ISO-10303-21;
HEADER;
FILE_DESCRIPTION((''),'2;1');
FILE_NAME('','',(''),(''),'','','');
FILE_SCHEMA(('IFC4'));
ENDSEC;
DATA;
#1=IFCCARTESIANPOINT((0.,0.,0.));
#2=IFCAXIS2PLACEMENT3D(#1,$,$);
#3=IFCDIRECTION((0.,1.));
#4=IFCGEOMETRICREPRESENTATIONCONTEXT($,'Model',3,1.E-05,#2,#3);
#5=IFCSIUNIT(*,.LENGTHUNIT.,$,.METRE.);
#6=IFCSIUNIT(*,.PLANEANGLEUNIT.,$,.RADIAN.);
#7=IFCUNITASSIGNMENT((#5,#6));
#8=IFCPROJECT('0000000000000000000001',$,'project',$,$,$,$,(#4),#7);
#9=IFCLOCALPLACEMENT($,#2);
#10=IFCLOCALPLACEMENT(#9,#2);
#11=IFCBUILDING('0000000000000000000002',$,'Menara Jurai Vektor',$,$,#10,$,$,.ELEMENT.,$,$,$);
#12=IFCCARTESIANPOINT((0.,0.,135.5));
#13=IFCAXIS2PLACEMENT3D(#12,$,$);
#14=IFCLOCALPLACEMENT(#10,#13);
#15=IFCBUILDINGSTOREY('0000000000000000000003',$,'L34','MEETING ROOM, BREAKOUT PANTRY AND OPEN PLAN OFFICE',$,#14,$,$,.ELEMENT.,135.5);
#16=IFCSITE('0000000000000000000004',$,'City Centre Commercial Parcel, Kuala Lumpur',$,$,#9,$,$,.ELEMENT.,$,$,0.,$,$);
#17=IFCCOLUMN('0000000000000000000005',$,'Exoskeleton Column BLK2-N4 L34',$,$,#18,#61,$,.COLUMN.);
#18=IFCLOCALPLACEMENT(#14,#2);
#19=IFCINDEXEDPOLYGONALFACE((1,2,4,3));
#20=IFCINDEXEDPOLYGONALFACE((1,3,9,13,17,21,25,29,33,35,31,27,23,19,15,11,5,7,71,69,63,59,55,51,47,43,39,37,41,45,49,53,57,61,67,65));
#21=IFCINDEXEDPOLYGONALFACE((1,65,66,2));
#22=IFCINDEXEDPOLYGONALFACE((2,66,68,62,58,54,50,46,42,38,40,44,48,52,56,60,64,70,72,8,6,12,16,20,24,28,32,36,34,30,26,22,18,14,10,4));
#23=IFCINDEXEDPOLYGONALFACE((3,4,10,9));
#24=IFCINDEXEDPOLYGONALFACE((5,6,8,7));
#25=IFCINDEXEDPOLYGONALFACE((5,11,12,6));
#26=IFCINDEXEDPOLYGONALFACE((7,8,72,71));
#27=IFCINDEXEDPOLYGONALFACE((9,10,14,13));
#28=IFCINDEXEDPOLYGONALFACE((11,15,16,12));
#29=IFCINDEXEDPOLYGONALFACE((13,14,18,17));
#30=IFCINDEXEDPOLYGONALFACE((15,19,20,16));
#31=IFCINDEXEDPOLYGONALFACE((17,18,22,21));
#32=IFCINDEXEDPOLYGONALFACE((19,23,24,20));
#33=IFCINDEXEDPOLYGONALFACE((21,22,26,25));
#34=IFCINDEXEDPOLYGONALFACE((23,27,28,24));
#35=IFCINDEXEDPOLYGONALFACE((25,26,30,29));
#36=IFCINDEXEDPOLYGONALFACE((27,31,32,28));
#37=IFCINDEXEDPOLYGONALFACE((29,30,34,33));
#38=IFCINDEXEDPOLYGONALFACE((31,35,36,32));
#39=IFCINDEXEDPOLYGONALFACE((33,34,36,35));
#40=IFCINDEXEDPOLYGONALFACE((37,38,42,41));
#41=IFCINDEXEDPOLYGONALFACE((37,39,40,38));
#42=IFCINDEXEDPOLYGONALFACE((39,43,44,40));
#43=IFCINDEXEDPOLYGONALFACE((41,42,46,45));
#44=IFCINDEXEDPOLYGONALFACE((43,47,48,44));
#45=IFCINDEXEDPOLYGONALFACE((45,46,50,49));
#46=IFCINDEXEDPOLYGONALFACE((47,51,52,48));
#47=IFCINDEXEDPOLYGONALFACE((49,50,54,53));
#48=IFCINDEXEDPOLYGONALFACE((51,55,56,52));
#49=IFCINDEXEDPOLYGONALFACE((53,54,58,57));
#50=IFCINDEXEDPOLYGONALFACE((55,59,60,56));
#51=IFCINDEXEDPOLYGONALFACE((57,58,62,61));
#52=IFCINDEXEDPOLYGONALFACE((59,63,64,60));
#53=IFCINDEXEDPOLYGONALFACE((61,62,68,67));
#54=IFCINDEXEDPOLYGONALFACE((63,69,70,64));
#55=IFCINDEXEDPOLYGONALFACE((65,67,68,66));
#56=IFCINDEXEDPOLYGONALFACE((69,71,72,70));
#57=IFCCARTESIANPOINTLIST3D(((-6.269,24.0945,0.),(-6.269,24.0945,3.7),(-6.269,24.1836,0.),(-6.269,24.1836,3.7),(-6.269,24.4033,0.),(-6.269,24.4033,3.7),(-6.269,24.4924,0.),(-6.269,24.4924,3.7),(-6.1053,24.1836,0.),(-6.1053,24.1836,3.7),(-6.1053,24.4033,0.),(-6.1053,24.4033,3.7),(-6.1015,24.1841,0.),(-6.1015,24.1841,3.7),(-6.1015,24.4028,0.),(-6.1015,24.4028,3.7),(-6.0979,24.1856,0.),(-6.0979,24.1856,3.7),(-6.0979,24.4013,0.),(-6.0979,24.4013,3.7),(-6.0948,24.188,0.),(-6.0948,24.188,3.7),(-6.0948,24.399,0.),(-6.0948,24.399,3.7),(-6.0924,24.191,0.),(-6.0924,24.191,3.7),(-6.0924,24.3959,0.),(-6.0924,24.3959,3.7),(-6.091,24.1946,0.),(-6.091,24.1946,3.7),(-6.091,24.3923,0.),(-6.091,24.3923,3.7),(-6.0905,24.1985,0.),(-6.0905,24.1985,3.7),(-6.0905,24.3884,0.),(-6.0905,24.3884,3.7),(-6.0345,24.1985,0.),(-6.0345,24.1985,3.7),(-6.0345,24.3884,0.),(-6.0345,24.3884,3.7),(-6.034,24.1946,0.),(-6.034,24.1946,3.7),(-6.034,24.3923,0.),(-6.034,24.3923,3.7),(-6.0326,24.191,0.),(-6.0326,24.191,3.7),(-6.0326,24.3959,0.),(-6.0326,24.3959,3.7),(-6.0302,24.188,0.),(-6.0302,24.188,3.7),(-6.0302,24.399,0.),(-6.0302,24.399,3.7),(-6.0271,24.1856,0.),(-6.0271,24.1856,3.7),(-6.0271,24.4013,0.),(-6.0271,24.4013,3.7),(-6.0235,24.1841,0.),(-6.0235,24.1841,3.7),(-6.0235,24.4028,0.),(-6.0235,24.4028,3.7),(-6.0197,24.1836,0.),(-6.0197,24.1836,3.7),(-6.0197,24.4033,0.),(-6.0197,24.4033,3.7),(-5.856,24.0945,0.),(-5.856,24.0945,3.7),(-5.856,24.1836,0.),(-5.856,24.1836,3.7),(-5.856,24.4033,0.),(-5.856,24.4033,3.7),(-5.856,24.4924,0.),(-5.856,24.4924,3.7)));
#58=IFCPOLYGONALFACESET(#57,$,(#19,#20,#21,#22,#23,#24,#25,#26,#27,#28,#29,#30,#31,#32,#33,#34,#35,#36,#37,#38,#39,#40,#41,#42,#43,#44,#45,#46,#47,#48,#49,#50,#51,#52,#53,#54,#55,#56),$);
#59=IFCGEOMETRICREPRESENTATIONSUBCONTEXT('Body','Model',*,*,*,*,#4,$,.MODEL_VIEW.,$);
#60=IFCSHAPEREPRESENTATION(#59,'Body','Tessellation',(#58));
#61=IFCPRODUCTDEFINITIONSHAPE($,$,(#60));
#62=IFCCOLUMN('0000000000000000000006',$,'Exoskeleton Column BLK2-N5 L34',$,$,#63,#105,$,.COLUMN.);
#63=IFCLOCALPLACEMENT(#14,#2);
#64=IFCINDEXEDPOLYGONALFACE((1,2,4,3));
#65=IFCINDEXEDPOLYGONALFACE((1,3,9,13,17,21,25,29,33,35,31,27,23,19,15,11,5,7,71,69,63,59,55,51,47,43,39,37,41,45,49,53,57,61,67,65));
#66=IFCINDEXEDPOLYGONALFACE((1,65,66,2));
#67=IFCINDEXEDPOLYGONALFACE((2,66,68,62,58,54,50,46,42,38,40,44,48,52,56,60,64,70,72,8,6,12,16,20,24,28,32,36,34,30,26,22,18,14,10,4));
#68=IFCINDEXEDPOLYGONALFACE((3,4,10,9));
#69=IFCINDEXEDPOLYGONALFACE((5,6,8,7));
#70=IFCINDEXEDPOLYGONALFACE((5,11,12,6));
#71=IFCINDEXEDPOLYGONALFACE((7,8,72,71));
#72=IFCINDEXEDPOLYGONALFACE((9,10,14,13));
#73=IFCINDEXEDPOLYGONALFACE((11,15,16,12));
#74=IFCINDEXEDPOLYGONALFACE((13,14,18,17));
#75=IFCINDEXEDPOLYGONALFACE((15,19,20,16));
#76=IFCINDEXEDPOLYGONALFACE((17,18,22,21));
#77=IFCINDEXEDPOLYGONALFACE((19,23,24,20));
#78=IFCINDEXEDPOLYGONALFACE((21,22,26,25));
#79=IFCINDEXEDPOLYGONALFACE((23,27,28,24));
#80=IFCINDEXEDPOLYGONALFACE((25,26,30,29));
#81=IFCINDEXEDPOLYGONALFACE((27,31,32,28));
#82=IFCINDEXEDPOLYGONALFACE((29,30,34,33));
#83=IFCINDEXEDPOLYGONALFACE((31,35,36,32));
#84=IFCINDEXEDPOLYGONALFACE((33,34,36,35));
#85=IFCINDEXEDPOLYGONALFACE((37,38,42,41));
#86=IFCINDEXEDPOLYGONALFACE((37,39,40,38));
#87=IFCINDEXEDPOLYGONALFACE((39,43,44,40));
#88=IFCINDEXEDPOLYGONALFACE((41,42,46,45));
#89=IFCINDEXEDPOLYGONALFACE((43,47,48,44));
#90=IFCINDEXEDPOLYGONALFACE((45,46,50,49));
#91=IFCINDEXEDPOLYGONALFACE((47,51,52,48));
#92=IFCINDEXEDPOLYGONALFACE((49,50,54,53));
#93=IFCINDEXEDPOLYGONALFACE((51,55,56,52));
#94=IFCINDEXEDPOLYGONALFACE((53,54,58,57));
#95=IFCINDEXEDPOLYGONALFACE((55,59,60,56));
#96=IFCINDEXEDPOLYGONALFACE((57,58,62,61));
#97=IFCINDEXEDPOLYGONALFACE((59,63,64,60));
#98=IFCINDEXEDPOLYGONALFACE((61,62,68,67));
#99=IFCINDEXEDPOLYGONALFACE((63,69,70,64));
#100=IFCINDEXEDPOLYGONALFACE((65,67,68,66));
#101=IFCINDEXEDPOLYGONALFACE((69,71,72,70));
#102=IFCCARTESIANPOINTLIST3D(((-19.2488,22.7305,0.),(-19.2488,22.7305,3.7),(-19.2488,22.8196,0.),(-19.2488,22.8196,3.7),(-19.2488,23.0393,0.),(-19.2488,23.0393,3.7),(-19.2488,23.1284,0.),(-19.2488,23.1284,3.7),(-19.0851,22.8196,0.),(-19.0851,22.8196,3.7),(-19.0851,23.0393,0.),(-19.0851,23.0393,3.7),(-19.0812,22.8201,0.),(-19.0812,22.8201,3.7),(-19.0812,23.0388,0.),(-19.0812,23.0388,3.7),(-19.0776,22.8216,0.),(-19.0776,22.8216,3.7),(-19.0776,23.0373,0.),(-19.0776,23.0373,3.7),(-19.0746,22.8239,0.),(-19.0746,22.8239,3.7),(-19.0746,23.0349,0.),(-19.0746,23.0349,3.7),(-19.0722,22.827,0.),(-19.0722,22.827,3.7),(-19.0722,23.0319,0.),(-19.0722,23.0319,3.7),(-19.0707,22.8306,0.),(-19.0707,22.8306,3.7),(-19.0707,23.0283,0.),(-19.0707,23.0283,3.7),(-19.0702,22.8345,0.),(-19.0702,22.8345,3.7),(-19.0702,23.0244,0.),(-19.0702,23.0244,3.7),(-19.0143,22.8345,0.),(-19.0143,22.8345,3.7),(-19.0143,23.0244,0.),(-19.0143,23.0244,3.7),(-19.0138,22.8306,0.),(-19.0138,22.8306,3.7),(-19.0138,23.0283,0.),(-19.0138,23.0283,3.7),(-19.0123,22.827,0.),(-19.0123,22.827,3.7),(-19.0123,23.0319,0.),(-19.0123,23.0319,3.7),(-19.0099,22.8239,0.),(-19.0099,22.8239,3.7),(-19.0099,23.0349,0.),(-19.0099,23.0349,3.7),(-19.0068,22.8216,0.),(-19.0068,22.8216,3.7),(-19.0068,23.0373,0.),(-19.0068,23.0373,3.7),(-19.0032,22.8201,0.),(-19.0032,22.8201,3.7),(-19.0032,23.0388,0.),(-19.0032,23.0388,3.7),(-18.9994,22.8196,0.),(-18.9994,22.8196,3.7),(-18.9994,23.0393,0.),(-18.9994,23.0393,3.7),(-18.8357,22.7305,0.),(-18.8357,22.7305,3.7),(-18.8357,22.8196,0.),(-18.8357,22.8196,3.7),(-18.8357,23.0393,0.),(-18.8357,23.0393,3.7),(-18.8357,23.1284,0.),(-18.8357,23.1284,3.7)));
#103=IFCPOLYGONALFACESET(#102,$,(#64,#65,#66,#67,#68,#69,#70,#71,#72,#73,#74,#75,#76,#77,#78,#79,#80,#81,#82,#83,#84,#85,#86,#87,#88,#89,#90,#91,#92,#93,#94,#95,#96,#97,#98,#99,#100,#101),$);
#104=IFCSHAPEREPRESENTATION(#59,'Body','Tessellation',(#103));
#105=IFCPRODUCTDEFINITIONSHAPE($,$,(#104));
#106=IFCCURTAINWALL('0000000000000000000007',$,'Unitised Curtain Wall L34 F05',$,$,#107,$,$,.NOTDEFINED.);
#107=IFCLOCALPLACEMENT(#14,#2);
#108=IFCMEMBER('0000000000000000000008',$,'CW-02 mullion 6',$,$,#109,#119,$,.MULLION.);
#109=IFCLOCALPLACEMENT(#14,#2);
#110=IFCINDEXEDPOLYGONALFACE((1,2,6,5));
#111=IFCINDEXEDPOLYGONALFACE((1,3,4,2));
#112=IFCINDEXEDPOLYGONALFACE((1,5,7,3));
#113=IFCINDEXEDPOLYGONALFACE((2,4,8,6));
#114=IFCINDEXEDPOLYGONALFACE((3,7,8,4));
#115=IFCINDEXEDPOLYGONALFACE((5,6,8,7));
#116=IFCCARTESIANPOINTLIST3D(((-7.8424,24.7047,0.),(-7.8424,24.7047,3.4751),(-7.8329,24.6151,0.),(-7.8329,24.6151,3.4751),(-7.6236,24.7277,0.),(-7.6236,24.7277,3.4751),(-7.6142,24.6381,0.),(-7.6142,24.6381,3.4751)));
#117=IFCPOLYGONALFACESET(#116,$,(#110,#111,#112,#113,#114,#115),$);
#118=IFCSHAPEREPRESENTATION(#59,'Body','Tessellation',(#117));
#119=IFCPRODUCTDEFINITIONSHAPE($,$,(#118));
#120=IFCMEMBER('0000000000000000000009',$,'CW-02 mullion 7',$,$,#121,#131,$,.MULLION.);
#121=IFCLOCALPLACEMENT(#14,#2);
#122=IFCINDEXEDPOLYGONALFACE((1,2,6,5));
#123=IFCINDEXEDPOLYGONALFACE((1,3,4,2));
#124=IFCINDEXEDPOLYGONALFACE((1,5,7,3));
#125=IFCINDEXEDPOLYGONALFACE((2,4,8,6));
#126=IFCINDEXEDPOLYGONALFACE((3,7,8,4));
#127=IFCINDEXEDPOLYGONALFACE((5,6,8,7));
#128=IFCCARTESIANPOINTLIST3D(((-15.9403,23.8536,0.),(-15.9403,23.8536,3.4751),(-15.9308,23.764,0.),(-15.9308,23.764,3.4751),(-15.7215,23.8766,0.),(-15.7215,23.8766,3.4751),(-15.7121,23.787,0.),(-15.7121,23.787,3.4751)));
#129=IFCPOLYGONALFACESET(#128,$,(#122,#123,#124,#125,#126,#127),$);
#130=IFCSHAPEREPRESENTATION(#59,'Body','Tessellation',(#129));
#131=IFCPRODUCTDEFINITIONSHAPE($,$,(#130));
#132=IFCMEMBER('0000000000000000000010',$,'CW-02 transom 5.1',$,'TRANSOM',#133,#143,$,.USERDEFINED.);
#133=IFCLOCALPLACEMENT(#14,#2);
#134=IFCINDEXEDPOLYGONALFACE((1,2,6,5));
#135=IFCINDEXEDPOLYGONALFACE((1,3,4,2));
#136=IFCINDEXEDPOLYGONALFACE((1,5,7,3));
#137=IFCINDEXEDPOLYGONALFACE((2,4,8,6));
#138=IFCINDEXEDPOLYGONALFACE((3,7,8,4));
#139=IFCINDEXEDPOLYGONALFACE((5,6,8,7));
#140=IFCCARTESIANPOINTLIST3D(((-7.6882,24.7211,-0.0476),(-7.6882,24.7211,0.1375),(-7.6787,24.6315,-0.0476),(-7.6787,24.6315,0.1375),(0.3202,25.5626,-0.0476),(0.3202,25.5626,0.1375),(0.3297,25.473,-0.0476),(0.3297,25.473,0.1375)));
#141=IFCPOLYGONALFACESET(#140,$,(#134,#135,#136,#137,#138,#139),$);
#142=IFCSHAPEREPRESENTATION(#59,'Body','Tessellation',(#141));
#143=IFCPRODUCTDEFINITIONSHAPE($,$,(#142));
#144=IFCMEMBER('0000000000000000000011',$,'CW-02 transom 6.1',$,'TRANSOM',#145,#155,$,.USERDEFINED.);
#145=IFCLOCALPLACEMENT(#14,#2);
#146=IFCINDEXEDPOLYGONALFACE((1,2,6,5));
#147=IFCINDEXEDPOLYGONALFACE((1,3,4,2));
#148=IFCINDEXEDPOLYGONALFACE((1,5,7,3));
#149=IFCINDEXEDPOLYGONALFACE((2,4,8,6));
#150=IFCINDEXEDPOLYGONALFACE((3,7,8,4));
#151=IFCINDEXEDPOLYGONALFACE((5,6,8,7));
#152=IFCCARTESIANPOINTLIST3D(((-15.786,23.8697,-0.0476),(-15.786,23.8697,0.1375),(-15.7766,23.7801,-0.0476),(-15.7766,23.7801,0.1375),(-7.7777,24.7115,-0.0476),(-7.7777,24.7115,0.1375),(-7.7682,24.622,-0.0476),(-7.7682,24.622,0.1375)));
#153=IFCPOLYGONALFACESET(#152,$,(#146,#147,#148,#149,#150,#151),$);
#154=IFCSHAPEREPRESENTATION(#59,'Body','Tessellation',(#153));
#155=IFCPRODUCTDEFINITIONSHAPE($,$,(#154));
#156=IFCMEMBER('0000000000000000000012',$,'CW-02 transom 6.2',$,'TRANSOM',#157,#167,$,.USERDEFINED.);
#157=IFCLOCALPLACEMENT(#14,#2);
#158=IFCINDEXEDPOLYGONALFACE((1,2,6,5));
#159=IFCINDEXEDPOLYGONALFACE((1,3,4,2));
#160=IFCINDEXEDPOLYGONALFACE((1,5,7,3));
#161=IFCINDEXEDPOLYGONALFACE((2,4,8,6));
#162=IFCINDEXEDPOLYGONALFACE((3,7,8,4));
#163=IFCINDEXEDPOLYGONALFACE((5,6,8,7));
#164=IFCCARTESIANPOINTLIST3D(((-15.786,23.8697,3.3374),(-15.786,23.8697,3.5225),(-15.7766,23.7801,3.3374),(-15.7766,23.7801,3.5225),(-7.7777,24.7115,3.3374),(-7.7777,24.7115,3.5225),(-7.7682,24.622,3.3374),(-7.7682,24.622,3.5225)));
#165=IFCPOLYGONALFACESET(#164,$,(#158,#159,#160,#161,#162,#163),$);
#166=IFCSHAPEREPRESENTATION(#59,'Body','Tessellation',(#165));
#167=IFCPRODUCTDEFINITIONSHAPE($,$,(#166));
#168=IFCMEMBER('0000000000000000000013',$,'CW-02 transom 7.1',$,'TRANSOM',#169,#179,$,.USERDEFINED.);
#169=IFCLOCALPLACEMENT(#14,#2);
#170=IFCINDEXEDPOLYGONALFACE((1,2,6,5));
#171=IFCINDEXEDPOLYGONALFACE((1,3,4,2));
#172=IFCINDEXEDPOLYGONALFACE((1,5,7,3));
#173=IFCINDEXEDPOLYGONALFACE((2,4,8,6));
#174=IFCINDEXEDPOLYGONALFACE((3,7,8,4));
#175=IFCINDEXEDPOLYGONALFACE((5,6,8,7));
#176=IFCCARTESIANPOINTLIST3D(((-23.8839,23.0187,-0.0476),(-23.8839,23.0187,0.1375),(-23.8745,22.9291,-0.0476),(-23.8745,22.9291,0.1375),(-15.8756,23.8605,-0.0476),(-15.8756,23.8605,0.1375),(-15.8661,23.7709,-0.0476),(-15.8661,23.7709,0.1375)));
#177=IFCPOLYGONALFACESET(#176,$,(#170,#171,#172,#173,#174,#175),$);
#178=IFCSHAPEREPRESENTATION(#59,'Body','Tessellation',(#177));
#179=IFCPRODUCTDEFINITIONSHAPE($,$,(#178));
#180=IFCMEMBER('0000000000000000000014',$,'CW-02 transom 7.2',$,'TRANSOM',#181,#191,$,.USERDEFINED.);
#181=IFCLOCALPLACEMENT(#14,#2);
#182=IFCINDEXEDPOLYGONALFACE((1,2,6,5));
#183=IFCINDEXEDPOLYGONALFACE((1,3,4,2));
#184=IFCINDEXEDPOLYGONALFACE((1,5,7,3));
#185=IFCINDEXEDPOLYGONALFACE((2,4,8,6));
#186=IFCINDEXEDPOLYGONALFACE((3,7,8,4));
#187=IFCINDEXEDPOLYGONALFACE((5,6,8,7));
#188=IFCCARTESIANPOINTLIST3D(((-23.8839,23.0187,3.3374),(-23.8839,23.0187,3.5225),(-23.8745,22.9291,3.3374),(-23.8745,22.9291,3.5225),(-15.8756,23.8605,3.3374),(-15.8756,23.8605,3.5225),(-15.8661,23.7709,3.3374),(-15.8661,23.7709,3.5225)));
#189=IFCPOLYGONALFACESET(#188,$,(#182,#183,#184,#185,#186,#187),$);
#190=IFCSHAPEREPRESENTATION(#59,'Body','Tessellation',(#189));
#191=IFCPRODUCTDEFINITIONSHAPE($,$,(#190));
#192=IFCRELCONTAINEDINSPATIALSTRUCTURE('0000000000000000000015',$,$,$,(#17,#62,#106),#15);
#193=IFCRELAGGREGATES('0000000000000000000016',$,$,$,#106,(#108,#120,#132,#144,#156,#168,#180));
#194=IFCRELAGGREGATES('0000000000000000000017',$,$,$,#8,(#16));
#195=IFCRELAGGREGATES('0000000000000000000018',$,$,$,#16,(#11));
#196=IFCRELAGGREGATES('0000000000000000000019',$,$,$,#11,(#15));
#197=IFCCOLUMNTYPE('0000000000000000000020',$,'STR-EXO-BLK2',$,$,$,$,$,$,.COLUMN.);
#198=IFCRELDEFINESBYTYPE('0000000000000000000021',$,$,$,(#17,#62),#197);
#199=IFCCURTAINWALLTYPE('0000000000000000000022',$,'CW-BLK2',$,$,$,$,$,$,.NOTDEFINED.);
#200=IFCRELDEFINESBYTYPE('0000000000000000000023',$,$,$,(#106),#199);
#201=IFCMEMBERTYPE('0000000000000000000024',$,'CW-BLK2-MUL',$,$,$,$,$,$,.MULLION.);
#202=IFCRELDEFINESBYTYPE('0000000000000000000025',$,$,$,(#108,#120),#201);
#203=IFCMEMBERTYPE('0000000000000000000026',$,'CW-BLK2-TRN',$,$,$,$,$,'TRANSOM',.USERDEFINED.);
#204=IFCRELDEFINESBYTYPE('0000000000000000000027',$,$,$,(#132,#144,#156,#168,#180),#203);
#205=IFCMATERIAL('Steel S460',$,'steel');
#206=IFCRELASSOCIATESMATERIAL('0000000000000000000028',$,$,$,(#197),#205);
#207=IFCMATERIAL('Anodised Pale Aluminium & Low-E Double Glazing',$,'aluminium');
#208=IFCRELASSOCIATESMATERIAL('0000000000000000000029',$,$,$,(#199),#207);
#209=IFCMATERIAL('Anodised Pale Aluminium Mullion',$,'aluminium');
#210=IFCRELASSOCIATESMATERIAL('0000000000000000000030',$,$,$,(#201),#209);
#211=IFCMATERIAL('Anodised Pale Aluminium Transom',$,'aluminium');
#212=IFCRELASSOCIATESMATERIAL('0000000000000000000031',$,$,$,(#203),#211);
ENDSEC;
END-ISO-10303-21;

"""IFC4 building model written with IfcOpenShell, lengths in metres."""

from ifc_helpers import new_model, si_unit, direction, frame, origin, origin_2d, place, context, subcontext, project, spatial, rectangle, i_section, extrude, material, material_profile, profile_set, type_object, element, aggregate, save


model = new_model("IFC4")

# Units and contexts
model_context = context("Model", 3, precision=1e-05, world=origin(), true_north=direction((0.0, 1.0)))
body_context = subcontext(model_context, "Body", "Model", "MODEL_VIEW")
ifc_project = project(units=[si_unit("LENGTHUNIT", "METRE"), si_unit("PLANEANGLEUNIT", "RADIAN")], contexts=[model_context])

# Site, building, storey
site_placement = place(None, origin())
site = spatial("IfcSite", under=ifc_project, at=site_placement, Name="City Centre Commercial Parcel, Kuala Lumpur", CompositionType="ELEMENT", RefElevation=0.0)
building_placement = place(site_placement, origin())
building = spatial("IfcBuilding", under=site, at=building_placement, Name="Menara Jurai Vektor", CompositionType="ELEMENT")
storey_placement = place(building_placement, frame((0.0, 0.0, 135.5)))
storey = spatial("IfcBuildingStorey", under=building, at=storey_placement, Name="L34", Description="MEETING ROOM, BREAKOUT PANTRY AND OPEN PLAN OFFICE", CompositionType="ELEMENT", Elevation=135.5)

# Columns
ifc_material_1 = material(Name="Steel S460", Category="steel")
ifc_material_profile_1 = material_profile(ifc_material_1, i_section(OverallWidth=0.4131, OverallDepth=0.3979, WebThickness=0.0559, FlangeThickness=0.0891, FilletRadius=0.0149, at=origin_2d()), Name="HD 400x744")
ifc_profile_set_1 = profile_set([ifc_material_profile_1], Name="Steel S460")
column_type = type_object("IfcColumnType", Name="STR-EXO-BLK2", PredefinedType="COLUMN", material=ifc_profile_set_1)
for number, where, z_axis, x_axis, name in (
    (1, (-6.0625, 24.2935, 0.0), (0.0, 0.0, 1.0), (1.0, 0.0, 0.0), "Exoskeleton Column BLK2-N4 L34"),
    (2, (-19.0422, 22.9294, 0.0), (0.0, 0.0, 1.0), (1.0, 0.0, 0.0), "Exoskeleton Column BLK2-N5 L34"),
):
    element("IfcColumn", number, at=place(storey_placement, frame(where, z_axis=z_axis, x_axis=x_axis)), inside=storey, type_object=column_type, Name=name, PredefinedType="COLUMN", context=body_context, shape_type="SweptSolid", body=[
        extrude(i_section(OverallWidth=0.4131, OverallDepth=0.3979, WebThickness=0.0559, FlangeThickness=0.0891, FilletRadius=0.0149, at=origin_2d()), origin(), (0.0, 0.0, 1.0), 3.7),
    ])

# Curtain wall, members
ifc_material_2 = material(Name="Anodised Pale Aluminium & Low-E Double Glazing", Category="aluminium")
curtain_wall_type = type_object("IfcCurtainWallType", Name="CW-BLK2", PredefinedType="NOTDEFINED", material=ifc_material_2)
curtain_wall_placement = place(storey_placement, origin())
curtain_wall = element("IfcCurtainWall", 3, at=curtain_wall_placement, inside=storey, type_object=curtain_wall_type, Name="Unitised Curtain Wall L34 F05", PredefinedType="NOTDEFINED")
ifc_material_3 = material(Name="Anodised Pale Aluminium Mullion", Category="aluminium")
ifc_material_profile_2 = material_profile(ifc_material_3, rectangle(XDim=0.0901, YDim=0.22, at=origin_2d()), Name="ALU MUL 90x220")
ifc_profile_set_2 = profile_set([ifc_material_profile_2], Name="Anodised Pale Aluminium Mullion")
member_type_1 = type_object("IfcMemberType", Name="CW-BLK2-MUL", PredefinedType="MULLION", material=ifc_profile_set_2)
member_1_placement = place(storey_placement, frame((-7.7283, 24.6714, 0.0), z_axis=(0.0, 0.0, 1.0), x_axis=(0.104529, -0.994522, 0.0)))
member_1 = element("IfcMember", 4, at=member_1_placement, type_object=member_type_1, Name="CW-02 mullion 6", PredefinedType="MULLION", context=body_context, shape_type="SweptSolid", body=[
    extrude(rectangle(XDim=0.0901, YDim=0.22, at=origin_2d()), origin(), (0.0, 0.0, 1.0), 3.4751),
])
member_2_placement = place(storey_placement, frame((-15.8262, 23.8203, 0.0), z_axis=(0.0, 0.0, 1.0), x_axis=(0.104529, -0.994522, 0.0)))
member_2 = element("IfcMember", 5, at=member_2_placement, type_object=member_type_1, Name="CW-02 mullion 7", PredefinedType="MULLION", context=body_context, shape_type="SweptSolid", body=[
    extrude(rectangle(XDim=0.0901, YDim=0.22, at=origin_2d()), origin(), (0.0, 0.0, 1.0), 3.4751),
])
ifc_material_4 = material(Name="Anodised Pale Aluminium Transom", Category="aluminium")
ifc_material_profile_3 = material_profile(ifc_material_4, rectangle(XDim=0.0901, YDim=0.1851, at=origin_2d()), Name="ALU TRN 90x185")
ifc_profile_set_3 = profile_set([ifc_material_profile_3], Name="Anodised Pale Aluminium Transom")
member_type_2 = type_object("IfcMemberType", Name="CW-BLK2-TRN", ElementType="TRANSOM", PredefinedType="USERDEFINED", material=ifc_profile_set_3)
member_3_placement = place(storey_placement, frame((0.325, 25.5178, 0.0449), z_axis=(-0.994524, -0.10451, 0.0), x_axis=(0.10451, -0.994524, 0.0)))
member_3 = element("IfcMember", 6, at=member_3_placement, type_object=member_type_2, Name="CW-02 transom 5.1", ObjectType="TRANSOM", PredefinedType="USERDEFINED", context=body_context, shape_type="SweptSolid", body=[
    extrude(rectangle(XDim=0.0901, YDim=0.1851, at=origin_2d()), origin(), (0.0, 0.0, 1.0), 8.0525),
])
member_4_placement = place(storey_placement, frame((-7.7729, 24.6667, 0.0449), z_axis=(-0.994521, -0.10454, 0.0), x_axis=(0.10454, -0.994521, 0.0)))
member_4 = element("IfcMember", 7, at=member_4_placement, type_object=member_type_2, Name="CW-02 transom 6.1", ObjectType="TRANSOM", PredefinedType="USERDEFINED", context=body_context, shape_type="SweptSolid", body=[
    extrude(rectangle(XDim=0.0901, YDim=0.1851, at=origin_2d()), origin(), (0.0, 0.0, 1.0), 8.0525),
])
member_5_placement = place(storey_placement, frame((-7.7729, 24.6667, 3.4299), z_axis=(-0.994521, -0.10454, 0.0), x_axis=(0.10454, -0.994521, 0.0)))
member_5 = element("IfcMember", 8, at=member_5_placement, type_object=member_type_2, Name="CW-02 transom 6.2", ObjectType="TRANSOM", PredefinedType="USERDEFINED", context=body_context, shape_type="SweptSolid", body=[
    extrude(rectangle(XDim=0.0901, YDim=0.1851, at=origin_2d()), origin(), (0.0, 0.0, 1.0), 8.0525),
])
member_6_placement = place(storey_placement, frame((-15.8708, 23.8157, 0.0449), z_axis=(-0.994521, -0.10454, 0.0), x_axis=(0.10454, -0.994521, 0.0)))
member_6 = element("IfcMember", 9, at=member_6_placement, type_object=member_type_2, Name="CW-02 transom 7.1", ObjectType="TRANSOM", PredefinedType="USERDEFINED", context=body_context, shape_type="SweptSolid", body=[
    extrude(rectangle(XDim=0.0901, YDim=0.1851, at=origin_2d()), origin(), (0.0, 0.0, 1.0), 8.0525),
])
member_7_placement = place(storey_placement, frame((-15.8708, 23.8157, 3.4299), z_axis=(-0.994521, -0.10454, 0.0), x_axis=(0.10454, -0.994521, 0.0)))
member_7 = element("IfcMember", 10, at=member_7_placement, type_object=member_type_2, Name="CW-02 transom 7.2", ObjectType="TRANSOM", PredefinedType="USERDEFINED", context=body_context, shape_type="SweptSolid", body=[
    extrude(rectangle(XDim=0.0901, YDim=0.1851, at=origin_2d()), origin(), (0.0, 0.0, 1.0), 8.0525),
])

aggregate(curtain_wall, [member_1, member_2, member_3, member_4, member_5, member_6, member_7])

save(model, "model.ifc")
